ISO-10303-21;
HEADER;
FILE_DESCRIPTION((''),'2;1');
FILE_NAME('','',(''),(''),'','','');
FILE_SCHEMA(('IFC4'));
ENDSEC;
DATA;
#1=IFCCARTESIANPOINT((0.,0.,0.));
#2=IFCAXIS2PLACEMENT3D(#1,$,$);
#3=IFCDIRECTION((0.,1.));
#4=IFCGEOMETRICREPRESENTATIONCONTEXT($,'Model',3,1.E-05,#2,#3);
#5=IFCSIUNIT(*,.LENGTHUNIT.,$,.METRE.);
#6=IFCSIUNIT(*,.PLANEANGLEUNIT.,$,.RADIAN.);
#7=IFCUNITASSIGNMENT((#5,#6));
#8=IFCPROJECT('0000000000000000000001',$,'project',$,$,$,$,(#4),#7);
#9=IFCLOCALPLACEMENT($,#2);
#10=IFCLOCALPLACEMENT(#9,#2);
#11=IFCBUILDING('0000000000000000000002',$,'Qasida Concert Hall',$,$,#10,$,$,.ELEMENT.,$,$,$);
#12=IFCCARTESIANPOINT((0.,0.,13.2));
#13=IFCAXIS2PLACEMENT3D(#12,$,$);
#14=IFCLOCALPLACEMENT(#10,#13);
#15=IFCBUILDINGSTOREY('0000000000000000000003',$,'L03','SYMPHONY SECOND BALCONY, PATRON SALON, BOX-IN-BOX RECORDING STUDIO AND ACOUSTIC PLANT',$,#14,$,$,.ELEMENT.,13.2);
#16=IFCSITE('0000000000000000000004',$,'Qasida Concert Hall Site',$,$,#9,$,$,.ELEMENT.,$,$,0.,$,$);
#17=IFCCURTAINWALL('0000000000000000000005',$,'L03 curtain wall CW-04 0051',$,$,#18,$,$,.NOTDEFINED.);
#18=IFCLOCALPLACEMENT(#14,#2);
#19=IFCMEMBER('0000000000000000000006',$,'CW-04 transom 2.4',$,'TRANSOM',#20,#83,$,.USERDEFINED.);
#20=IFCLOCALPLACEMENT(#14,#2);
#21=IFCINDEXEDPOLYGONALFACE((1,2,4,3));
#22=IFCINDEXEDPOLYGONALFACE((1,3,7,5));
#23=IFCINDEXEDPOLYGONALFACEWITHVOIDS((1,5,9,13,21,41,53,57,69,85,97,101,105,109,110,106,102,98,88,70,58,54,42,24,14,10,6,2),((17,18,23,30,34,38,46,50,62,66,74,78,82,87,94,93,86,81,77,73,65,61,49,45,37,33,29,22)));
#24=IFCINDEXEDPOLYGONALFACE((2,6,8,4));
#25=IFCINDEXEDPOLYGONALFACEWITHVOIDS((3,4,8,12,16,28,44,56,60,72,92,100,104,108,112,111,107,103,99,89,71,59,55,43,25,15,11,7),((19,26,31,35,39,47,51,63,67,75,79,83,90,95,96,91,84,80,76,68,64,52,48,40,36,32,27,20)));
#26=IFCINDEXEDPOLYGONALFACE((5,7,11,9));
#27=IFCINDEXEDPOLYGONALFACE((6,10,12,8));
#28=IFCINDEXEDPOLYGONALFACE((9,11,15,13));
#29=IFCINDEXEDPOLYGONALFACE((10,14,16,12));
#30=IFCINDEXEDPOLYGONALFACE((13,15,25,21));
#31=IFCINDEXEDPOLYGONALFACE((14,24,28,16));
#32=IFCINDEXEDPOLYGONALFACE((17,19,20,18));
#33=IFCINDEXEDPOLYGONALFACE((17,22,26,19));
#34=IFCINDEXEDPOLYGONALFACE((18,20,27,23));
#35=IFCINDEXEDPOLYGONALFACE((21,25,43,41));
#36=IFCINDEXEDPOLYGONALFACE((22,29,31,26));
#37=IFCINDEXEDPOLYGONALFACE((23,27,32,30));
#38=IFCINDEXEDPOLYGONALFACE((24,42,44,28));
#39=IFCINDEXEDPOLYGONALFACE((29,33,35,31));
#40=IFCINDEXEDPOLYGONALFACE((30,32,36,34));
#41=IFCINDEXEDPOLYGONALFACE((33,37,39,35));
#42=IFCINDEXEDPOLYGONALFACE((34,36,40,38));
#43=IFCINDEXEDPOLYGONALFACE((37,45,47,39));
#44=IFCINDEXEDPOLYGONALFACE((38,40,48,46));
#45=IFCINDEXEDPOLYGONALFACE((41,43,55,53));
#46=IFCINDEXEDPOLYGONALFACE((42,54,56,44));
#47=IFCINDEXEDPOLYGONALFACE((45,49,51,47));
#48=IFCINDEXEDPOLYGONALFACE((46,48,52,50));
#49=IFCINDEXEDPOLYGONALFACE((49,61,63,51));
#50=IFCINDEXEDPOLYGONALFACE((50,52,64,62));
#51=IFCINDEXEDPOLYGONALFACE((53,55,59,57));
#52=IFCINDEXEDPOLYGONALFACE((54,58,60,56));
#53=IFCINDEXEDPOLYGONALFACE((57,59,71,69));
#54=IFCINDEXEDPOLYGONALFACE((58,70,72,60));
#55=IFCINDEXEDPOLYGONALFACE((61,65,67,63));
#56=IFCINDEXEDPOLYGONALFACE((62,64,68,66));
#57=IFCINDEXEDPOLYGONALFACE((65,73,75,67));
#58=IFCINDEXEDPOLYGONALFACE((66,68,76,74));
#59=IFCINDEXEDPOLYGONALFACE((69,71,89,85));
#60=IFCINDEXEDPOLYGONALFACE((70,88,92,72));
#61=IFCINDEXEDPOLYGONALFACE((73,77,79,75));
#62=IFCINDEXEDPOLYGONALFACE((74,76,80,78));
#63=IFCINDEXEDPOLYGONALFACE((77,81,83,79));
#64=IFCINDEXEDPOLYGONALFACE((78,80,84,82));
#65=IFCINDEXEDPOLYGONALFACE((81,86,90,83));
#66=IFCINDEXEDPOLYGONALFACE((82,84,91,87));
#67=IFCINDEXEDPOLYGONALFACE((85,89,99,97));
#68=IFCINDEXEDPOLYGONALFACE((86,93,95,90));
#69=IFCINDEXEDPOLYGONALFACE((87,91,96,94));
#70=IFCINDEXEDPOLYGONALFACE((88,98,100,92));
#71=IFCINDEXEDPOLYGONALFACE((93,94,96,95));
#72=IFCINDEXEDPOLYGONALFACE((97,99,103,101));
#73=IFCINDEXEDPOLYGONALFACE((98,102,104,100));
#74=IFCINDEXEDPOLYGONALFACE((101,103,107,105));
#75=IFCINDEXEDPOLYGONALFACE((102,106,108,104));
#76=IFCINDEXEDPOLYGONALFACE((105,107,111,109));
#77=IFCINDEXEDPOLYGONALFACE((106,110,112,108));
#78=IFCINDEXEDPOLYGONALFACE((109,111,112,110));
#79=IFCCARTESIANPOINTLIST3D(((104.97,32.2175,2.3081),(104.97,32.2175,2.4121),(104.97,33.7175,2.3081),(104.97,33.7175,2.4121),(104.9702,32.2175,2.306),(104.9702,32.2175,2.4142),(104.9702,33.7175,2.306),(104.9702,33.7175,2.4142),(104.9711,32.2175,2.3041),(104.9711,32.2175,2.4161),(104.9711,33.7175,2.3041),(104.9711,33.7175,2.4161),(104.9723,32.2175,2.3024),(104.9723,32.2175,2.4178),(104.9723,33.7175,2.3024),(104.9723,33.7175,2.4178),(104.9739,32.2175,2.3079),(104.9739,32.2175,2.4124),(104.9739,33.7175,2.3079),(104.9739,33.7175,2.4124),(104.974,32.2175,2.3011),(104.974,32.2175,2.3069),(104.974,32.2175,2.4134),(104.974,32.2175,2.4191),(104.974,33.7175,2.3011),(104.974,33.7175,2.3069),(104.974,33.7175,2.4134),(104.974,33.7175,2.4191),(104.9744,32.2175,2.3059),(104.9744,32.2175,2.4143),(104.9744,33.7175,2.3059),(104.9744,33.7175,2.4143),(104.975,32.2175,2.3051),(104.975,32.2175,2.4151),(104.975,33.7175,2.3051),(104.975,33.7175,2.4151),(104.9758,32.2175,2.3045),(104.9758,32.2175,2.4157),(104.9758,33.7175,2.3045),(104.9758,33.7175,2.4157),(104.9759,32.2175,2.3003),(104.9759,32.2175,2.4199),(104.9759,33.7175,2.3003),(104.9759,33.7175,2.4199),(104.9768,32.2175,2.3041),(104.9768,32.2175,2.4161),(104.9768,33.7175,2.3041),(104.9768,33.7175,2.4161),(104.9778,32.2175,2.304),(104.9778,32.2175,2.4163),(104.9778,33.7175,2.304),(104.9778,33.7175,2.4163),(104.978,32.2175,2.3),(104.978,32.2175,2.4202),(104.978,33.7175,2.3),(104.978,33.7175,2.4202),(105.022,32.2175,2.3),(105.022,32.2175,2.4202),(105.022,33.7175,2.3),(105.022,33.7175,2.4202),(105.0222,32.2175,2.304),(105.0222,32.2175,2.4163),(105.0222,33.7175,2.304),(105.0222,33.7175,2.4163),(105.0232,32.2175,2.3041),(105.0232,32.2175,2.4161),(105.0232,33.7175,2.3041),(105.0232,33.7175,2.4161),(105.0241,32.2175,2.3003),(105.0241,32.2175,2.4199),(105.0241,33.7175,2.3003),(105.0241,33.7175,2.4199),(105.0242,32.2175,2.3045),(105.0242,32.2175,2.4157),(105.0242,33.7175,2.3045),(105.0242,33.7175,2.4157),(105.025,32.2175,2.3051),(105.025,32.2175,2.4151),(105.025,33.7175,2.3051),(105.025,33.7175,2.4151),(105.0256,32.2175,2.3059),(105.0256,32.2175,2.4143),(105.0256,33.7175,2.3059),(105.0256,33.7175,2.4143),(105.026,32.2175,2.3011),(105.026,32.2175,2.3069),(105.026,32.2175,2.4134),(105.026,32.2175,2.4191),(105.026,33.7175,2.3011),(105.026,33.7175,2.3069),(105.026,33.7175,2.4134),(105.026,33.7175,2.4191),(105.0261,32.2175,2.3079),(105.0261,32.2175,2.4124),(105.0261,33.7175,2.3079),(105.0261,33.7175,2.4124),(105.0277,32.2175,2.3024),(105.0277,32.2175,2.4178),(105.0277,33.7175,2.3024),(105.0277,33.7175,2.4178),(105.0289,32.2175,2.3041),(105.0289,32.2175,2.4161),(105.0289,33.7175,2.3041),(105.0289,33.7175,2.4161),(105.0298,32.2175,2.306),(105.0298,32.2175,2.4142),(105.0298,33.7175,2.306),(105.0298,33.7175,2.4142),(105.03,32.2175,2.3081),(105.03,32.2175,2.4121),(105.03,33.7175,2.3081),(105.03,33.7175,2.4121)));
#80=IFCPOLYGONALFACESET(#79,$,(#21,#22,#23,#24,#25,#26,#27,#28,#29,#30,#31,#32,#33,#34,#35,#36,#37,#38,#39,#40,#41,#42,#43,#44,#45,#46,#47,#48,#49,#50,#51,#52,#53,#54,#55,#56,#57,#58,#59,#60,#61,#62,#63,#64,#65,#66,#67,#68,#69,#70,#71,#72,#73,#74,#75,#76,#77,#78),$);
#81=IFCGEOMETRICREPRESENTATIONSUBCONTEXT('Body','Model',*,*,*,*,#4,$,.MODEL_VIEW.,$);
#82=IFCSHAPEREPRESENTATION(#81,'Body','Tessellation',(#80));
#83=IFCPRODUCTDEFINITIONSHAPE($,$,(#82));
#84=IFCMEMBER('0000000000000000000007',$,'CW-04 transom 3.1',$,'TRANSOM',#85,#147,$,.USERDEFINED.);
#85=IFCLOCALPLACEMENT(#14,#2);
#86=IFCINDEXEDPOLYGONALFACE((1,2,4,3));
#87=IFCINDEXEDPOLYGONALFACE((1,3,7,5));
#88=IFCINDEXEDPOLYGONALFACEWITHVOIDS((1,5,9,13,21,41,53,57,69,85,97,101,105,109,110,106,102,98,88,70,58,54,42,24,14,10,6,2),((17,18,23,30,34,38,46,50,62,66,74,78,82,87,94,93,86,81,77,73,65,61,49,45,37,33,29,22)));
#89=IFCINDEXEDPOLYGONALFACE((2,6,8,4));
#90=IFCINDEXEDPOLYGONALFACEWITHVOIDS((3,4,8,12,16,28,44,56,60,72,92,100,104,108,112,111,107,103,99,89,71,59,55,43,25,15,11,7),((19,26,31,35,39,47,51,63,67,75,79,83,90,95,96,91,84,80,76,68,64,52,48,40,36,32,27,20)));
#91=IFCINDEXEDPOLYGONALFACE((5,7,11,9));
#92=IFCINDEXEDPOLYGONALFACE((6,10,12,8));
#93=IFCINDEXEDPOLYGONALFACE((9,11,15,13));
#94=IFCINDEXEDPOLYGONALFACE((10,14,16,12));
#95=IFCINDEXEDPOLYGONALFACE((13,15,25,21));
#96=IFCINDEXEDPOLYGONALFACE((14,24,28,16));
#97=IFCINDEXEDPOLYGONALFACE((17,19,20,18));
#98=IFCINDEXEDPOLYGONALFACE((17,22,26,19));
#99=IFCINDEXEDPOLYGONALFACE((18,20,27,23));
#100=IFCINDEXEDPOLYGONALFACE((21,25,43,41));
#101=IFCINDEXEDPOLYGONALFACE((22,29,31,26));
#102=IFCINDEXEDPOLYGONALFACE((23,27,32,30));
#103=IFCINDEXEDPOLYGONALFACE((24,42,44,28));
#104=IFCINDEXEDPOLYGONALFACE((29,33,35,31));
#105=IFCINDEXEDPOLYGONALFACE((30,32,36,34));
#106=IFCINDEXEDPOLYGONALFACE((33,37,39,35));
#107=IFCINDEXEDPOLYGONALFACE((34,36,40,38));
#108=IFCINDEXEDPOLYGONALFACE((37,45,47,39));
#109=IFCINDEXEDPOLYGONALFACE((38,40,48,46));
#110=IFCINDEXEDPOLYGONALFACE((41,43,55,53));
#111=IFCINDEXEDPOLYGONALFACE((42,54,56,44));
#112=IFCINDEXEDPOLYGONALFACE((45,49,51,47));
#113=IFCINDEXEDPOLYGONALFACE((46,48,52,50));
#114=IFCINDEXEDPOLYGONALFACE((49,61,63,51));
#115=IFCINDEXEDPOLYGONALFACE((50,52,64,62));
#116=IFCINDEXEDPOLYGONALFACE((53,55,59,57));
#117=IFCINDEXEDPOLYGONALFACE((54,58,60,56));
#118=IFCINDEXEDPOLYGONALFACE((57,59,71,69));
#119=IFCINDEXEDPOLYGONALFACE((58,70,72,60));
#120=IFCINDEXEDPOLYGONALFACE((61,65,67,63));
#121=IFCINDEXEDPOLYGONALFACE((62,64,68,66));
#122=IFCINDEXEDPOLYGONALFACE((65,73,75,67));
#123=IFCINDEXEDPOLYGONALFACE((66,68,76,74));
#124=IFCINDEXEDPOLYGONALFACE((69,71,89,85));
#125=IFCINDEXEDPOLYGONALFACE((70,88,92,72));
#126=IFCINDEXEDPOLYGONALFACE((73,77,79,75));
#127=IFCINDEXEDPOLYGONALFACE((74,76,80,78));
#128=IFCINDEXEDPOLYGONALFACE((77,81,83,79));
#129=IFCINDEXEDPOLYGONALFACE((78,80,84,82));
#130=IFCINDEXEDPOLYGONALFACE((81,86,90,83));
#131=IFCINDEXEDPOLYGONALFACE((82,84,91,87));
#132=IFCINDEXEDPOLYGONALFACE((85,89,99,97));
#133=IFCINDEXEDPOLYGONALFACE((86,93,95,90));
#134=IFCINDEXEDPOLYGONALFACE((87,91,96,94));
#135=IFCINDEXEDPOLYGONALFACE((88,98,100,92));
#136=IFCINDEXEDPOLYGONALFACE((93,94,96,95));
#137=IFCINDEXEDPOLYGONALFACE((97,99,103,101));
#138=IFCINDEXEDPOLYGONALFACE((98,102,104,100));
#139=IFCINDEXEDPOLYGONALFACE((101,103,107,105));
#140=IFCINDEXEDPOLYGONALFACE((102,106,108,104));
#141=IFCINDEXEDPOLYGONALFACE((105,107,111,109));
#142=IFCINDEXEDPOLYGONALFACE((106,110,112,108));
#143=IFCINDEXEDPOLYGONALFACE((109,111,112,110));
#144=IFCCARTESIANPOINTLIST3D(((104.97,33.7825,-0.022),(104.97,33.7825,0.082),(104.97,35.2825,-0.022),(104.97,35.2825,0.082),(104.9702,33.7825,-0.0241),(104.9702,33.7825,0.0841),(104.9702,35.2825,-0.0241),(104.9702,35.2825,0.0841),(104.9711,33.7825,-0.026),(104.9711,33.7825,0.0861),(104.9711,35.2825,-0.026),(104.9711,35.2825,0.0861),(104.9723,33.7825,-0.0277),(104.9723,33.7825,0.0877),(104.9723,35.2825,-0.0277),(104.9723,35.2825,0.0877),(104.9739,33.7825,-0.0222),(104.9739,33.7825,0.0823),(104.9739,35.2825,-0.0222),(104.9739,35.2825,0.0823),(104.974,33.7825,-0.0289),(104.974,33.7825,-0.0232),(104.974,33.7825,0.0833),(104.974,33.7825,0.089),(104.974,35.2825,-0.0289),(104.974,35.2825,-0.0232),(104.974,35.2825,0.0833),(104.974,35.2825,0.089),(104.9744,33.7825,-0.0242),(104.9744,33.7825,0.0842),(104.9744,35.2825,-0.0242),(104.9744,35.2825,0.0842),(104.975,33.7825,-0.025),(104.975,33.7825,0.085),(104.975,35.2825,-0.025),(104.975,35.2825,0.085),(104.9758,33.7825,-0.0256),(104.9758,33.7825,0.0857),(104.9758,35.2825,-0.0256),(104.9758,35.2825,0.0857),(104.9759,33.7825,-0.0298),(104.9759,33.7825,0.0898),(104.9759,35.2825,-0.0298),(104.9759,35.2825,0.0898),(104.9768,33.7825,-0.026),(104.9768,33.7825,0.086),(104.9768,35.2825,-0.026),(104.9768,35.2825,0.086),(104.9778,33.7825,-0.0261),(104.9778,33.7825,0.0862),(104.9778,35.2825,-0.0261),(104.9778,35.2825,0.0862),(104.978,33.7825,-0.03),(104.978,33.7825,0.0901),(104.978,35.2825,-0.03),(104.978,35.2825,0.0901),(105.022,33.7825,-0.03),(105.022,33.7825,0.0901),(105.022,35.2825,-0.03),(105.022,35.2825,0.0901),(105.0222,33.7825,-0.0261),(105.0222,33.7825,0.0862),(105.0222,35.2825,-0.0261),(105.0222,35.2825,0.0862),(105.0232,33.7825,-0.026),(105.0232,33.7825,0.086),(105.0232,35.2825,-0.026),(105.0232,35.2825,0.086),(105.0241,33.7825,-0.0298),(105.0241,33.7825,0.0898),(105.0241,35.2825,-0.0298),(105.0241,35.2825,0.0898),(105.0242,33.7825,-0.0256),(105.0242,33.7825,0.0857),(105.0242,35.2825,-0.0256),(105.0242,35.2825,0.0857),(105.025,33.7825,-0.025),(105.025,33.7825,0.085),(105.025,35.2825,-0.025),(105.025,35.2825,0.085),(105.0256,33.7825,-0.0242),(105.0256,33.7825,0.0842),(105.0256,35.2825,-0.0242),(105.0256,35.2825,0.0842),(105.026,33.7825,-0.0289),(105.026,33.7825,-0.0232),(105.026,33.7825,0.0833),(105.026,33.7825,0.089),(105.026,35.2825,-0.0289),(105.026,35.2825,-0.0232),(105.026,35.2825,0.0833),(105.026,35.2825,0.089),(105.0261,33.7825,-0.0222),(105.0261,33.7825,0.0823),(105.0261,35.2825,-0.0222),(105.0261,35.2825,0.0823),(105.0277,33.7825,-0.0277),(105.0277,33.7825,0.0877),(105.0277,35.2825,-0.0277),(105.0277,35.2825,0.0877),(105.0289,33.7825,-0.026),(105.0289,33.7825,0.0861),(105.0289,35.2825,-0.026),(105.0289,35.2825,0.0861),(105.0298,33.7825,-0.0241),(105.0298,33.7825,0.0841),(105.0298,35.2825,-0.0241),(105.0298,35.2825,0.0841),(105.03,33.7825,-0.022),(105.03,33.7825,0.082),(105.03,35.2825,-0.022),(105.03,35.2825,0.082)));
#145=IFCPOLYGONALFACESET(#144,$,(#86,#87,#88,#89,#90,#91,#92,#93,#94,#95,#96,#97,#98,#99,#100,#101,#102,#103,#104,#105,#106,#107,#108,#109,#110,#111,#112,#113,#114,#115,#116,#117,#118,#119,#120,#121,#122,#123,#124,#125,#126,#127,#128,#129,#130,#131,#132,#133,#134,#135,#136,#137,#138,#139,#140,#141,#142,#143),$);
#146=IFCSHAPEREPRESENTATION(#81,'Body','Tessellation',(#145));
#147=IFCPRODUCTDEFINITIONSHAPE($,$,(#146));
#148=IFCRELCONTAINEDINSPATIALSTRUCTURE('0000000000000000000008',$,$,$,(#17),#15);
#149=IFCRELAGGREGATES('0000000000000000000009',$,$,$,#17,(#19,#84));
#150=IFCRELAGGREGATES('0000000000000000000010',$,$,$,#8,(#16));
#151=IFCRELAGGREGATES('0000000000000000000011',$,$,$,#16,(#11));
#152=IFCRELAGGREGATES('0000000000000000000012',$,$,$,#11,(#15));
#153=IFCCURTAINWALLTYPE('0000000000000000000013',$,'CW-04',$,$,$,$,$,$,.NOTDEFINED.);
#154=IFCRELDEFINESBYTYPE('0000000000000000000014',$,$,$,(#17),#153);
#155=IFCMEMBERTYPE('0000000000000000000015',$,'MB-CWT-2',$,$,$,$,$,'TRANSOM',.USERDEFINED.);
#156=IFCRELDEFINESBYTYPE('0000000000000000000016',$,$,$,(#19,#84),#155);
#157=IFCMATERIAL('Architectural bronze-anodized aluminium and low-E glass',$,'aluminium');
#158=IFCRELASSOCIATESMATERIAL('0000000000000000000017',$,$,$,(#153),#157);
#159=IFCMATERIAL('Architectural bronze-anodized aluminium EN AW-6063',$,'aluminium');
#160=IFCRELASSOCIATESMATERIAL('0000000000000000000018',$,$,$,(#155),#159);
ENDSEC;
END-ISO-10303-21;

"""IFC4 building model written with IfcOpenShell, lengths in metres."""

from ifc_helpers import new_model, si_unit, direction, frame, origin, origin_2d, place, context, subcontext, project, spatial, hollow_rectangle, extrude, material, material_profile, profile_set, type_object, element, aggregate, save


model = new_model("IFC4")

# Units and contexts
model_context = context("Model", 3, precision=1e-05, world=origin(), true_north=direction((0.0, 1.0)))
body_context = subcontext(model_context, "Body", "Model", "MODEL_VIEW")
ifc_project = project(units=[si_unit("LENGTHUNIT", "METRE"), si_unit("PLANEANGLEUNIT", "RADIAN")], contexts=[model_context])

# Site, building, storey
site_placement = place(None, origin())
site = spatial("IfcSite", under=ifc_project, at=site_placement, Name="Qasida Concert Hall Site", CompositionType="ELEMENT", RefElevation=0.0)
building_placement = place(site_placement, origin())
building = spatial("IfcBuilding", under=site, at=building_placement, Name="Qasida Concert Hall", CompositionType="ELEMENT")
storey_placement = place(building_placement, frame((0.0, 0.0, 13.2)))
storey = spatial("IfcBuildingStorey", under=building, at=storey_placement, Name="L03", Description="SYMPHONY SECOND BALCONY, PATRON SALON, BOX-IN-BOX RECORDING STUDIO AND ACOUSTIC PLANT", CompositionType="ELEMENT", Elevation=13.2)

# Curtain wall, members
ifc_material_1 = material(Name="Architectural bronze-anodized aluminium and low-E glass", Category="aluminium")
curtain_wall_type = type_object("IfcCurtainWallType", Name="CW-04", PredefinedType="NOTDEFINED", material=ifc_material_1)
curtain_wall_placement = place(storey_placement, origin())
curtain_wall = element("IfcCurtainWall", 1, at=curtain_wall_placement, inside=storey, type_object=curtain_wall_type, Name="L03 curtain wall CW-04 0051", PredefinedType="NOTDEFINED")
ifc_material_2 = material(Name="Architectural bronze-anodized aluminium EN AW-6063", Category="aluminium")
ifc_material_profile_1 = material_profile(ifc_material_2, hollow_rectangle(XDim=0.0601, YDim=0.1201, WallThickness=0.0039, InnerFilletRadius=0.0039, OuterFilletRadius=0.0081, at=origin_2d()), Name="CWT 120x60x4")
ifc_profile_set_1 = profile_set([ifc_material_profile_1], Name="Architectural bronze-anodized aluminium EN AW-6063")
member_type_1 = type_object("IfcMemberType", Name="MB-CWT-2", ElementType="TRANSOM", PredefinedType="USERDEFINED", material=ifc_profile_set_1)
member_1_placement = place(storey_placement, frame((105.0, 32.2175, 2.3601), z_axis=(0.0, 1.0, 0.0), x_axis=(-1.0, 0.0, 0.0)))
member_1 = element("IfcMember", 2, at=member_1_placement, type_object=member_type_1, Name="CW-04 transom 2.4", ObjectType="TRANSOM", PredefinedType="USERDEFINED", context=body_context, shape_type="SweptSolid", body=[
    extrude(hollow_rectangle(XDim=0.0601, YDim=0.1201, WallThickness=0.0039, InnerFilletRadius=0.0039, OuterFilletRadius=0.0081, at=origin_2d()), origin(), (0.0, 0.0, 1.0), 1.5),
])
member_2_placement = place(storey_placement, frame((105.0, 33.7825, 0.03), z_axis=(0.0, 1.0, 0.0), x_axis=(-1.0, 0.0, 0.0)))
member_2 = element("IfcMember", 3, at=member_2_placement, type_object=member_type_1, Name="CW-04 transom 3.1", ObjectType="TRANSOM", PredefinedType="USERDEFINED", context=body_context, shape_type="SweptSolid", body=[
    extrude(hollow_rectangle(XDim=0.0601, YDim=0.1201, WallThickness=0.0039, InnerFilletRadius=0.0039, OuterFilletRadius=0.0081, at=origin_2d()), origin(), (0.0, 0.0, 1.0), 1.5),
])

aggregate(curtain_wall, [member_1, member_2])

save(model, "model.ifc")
